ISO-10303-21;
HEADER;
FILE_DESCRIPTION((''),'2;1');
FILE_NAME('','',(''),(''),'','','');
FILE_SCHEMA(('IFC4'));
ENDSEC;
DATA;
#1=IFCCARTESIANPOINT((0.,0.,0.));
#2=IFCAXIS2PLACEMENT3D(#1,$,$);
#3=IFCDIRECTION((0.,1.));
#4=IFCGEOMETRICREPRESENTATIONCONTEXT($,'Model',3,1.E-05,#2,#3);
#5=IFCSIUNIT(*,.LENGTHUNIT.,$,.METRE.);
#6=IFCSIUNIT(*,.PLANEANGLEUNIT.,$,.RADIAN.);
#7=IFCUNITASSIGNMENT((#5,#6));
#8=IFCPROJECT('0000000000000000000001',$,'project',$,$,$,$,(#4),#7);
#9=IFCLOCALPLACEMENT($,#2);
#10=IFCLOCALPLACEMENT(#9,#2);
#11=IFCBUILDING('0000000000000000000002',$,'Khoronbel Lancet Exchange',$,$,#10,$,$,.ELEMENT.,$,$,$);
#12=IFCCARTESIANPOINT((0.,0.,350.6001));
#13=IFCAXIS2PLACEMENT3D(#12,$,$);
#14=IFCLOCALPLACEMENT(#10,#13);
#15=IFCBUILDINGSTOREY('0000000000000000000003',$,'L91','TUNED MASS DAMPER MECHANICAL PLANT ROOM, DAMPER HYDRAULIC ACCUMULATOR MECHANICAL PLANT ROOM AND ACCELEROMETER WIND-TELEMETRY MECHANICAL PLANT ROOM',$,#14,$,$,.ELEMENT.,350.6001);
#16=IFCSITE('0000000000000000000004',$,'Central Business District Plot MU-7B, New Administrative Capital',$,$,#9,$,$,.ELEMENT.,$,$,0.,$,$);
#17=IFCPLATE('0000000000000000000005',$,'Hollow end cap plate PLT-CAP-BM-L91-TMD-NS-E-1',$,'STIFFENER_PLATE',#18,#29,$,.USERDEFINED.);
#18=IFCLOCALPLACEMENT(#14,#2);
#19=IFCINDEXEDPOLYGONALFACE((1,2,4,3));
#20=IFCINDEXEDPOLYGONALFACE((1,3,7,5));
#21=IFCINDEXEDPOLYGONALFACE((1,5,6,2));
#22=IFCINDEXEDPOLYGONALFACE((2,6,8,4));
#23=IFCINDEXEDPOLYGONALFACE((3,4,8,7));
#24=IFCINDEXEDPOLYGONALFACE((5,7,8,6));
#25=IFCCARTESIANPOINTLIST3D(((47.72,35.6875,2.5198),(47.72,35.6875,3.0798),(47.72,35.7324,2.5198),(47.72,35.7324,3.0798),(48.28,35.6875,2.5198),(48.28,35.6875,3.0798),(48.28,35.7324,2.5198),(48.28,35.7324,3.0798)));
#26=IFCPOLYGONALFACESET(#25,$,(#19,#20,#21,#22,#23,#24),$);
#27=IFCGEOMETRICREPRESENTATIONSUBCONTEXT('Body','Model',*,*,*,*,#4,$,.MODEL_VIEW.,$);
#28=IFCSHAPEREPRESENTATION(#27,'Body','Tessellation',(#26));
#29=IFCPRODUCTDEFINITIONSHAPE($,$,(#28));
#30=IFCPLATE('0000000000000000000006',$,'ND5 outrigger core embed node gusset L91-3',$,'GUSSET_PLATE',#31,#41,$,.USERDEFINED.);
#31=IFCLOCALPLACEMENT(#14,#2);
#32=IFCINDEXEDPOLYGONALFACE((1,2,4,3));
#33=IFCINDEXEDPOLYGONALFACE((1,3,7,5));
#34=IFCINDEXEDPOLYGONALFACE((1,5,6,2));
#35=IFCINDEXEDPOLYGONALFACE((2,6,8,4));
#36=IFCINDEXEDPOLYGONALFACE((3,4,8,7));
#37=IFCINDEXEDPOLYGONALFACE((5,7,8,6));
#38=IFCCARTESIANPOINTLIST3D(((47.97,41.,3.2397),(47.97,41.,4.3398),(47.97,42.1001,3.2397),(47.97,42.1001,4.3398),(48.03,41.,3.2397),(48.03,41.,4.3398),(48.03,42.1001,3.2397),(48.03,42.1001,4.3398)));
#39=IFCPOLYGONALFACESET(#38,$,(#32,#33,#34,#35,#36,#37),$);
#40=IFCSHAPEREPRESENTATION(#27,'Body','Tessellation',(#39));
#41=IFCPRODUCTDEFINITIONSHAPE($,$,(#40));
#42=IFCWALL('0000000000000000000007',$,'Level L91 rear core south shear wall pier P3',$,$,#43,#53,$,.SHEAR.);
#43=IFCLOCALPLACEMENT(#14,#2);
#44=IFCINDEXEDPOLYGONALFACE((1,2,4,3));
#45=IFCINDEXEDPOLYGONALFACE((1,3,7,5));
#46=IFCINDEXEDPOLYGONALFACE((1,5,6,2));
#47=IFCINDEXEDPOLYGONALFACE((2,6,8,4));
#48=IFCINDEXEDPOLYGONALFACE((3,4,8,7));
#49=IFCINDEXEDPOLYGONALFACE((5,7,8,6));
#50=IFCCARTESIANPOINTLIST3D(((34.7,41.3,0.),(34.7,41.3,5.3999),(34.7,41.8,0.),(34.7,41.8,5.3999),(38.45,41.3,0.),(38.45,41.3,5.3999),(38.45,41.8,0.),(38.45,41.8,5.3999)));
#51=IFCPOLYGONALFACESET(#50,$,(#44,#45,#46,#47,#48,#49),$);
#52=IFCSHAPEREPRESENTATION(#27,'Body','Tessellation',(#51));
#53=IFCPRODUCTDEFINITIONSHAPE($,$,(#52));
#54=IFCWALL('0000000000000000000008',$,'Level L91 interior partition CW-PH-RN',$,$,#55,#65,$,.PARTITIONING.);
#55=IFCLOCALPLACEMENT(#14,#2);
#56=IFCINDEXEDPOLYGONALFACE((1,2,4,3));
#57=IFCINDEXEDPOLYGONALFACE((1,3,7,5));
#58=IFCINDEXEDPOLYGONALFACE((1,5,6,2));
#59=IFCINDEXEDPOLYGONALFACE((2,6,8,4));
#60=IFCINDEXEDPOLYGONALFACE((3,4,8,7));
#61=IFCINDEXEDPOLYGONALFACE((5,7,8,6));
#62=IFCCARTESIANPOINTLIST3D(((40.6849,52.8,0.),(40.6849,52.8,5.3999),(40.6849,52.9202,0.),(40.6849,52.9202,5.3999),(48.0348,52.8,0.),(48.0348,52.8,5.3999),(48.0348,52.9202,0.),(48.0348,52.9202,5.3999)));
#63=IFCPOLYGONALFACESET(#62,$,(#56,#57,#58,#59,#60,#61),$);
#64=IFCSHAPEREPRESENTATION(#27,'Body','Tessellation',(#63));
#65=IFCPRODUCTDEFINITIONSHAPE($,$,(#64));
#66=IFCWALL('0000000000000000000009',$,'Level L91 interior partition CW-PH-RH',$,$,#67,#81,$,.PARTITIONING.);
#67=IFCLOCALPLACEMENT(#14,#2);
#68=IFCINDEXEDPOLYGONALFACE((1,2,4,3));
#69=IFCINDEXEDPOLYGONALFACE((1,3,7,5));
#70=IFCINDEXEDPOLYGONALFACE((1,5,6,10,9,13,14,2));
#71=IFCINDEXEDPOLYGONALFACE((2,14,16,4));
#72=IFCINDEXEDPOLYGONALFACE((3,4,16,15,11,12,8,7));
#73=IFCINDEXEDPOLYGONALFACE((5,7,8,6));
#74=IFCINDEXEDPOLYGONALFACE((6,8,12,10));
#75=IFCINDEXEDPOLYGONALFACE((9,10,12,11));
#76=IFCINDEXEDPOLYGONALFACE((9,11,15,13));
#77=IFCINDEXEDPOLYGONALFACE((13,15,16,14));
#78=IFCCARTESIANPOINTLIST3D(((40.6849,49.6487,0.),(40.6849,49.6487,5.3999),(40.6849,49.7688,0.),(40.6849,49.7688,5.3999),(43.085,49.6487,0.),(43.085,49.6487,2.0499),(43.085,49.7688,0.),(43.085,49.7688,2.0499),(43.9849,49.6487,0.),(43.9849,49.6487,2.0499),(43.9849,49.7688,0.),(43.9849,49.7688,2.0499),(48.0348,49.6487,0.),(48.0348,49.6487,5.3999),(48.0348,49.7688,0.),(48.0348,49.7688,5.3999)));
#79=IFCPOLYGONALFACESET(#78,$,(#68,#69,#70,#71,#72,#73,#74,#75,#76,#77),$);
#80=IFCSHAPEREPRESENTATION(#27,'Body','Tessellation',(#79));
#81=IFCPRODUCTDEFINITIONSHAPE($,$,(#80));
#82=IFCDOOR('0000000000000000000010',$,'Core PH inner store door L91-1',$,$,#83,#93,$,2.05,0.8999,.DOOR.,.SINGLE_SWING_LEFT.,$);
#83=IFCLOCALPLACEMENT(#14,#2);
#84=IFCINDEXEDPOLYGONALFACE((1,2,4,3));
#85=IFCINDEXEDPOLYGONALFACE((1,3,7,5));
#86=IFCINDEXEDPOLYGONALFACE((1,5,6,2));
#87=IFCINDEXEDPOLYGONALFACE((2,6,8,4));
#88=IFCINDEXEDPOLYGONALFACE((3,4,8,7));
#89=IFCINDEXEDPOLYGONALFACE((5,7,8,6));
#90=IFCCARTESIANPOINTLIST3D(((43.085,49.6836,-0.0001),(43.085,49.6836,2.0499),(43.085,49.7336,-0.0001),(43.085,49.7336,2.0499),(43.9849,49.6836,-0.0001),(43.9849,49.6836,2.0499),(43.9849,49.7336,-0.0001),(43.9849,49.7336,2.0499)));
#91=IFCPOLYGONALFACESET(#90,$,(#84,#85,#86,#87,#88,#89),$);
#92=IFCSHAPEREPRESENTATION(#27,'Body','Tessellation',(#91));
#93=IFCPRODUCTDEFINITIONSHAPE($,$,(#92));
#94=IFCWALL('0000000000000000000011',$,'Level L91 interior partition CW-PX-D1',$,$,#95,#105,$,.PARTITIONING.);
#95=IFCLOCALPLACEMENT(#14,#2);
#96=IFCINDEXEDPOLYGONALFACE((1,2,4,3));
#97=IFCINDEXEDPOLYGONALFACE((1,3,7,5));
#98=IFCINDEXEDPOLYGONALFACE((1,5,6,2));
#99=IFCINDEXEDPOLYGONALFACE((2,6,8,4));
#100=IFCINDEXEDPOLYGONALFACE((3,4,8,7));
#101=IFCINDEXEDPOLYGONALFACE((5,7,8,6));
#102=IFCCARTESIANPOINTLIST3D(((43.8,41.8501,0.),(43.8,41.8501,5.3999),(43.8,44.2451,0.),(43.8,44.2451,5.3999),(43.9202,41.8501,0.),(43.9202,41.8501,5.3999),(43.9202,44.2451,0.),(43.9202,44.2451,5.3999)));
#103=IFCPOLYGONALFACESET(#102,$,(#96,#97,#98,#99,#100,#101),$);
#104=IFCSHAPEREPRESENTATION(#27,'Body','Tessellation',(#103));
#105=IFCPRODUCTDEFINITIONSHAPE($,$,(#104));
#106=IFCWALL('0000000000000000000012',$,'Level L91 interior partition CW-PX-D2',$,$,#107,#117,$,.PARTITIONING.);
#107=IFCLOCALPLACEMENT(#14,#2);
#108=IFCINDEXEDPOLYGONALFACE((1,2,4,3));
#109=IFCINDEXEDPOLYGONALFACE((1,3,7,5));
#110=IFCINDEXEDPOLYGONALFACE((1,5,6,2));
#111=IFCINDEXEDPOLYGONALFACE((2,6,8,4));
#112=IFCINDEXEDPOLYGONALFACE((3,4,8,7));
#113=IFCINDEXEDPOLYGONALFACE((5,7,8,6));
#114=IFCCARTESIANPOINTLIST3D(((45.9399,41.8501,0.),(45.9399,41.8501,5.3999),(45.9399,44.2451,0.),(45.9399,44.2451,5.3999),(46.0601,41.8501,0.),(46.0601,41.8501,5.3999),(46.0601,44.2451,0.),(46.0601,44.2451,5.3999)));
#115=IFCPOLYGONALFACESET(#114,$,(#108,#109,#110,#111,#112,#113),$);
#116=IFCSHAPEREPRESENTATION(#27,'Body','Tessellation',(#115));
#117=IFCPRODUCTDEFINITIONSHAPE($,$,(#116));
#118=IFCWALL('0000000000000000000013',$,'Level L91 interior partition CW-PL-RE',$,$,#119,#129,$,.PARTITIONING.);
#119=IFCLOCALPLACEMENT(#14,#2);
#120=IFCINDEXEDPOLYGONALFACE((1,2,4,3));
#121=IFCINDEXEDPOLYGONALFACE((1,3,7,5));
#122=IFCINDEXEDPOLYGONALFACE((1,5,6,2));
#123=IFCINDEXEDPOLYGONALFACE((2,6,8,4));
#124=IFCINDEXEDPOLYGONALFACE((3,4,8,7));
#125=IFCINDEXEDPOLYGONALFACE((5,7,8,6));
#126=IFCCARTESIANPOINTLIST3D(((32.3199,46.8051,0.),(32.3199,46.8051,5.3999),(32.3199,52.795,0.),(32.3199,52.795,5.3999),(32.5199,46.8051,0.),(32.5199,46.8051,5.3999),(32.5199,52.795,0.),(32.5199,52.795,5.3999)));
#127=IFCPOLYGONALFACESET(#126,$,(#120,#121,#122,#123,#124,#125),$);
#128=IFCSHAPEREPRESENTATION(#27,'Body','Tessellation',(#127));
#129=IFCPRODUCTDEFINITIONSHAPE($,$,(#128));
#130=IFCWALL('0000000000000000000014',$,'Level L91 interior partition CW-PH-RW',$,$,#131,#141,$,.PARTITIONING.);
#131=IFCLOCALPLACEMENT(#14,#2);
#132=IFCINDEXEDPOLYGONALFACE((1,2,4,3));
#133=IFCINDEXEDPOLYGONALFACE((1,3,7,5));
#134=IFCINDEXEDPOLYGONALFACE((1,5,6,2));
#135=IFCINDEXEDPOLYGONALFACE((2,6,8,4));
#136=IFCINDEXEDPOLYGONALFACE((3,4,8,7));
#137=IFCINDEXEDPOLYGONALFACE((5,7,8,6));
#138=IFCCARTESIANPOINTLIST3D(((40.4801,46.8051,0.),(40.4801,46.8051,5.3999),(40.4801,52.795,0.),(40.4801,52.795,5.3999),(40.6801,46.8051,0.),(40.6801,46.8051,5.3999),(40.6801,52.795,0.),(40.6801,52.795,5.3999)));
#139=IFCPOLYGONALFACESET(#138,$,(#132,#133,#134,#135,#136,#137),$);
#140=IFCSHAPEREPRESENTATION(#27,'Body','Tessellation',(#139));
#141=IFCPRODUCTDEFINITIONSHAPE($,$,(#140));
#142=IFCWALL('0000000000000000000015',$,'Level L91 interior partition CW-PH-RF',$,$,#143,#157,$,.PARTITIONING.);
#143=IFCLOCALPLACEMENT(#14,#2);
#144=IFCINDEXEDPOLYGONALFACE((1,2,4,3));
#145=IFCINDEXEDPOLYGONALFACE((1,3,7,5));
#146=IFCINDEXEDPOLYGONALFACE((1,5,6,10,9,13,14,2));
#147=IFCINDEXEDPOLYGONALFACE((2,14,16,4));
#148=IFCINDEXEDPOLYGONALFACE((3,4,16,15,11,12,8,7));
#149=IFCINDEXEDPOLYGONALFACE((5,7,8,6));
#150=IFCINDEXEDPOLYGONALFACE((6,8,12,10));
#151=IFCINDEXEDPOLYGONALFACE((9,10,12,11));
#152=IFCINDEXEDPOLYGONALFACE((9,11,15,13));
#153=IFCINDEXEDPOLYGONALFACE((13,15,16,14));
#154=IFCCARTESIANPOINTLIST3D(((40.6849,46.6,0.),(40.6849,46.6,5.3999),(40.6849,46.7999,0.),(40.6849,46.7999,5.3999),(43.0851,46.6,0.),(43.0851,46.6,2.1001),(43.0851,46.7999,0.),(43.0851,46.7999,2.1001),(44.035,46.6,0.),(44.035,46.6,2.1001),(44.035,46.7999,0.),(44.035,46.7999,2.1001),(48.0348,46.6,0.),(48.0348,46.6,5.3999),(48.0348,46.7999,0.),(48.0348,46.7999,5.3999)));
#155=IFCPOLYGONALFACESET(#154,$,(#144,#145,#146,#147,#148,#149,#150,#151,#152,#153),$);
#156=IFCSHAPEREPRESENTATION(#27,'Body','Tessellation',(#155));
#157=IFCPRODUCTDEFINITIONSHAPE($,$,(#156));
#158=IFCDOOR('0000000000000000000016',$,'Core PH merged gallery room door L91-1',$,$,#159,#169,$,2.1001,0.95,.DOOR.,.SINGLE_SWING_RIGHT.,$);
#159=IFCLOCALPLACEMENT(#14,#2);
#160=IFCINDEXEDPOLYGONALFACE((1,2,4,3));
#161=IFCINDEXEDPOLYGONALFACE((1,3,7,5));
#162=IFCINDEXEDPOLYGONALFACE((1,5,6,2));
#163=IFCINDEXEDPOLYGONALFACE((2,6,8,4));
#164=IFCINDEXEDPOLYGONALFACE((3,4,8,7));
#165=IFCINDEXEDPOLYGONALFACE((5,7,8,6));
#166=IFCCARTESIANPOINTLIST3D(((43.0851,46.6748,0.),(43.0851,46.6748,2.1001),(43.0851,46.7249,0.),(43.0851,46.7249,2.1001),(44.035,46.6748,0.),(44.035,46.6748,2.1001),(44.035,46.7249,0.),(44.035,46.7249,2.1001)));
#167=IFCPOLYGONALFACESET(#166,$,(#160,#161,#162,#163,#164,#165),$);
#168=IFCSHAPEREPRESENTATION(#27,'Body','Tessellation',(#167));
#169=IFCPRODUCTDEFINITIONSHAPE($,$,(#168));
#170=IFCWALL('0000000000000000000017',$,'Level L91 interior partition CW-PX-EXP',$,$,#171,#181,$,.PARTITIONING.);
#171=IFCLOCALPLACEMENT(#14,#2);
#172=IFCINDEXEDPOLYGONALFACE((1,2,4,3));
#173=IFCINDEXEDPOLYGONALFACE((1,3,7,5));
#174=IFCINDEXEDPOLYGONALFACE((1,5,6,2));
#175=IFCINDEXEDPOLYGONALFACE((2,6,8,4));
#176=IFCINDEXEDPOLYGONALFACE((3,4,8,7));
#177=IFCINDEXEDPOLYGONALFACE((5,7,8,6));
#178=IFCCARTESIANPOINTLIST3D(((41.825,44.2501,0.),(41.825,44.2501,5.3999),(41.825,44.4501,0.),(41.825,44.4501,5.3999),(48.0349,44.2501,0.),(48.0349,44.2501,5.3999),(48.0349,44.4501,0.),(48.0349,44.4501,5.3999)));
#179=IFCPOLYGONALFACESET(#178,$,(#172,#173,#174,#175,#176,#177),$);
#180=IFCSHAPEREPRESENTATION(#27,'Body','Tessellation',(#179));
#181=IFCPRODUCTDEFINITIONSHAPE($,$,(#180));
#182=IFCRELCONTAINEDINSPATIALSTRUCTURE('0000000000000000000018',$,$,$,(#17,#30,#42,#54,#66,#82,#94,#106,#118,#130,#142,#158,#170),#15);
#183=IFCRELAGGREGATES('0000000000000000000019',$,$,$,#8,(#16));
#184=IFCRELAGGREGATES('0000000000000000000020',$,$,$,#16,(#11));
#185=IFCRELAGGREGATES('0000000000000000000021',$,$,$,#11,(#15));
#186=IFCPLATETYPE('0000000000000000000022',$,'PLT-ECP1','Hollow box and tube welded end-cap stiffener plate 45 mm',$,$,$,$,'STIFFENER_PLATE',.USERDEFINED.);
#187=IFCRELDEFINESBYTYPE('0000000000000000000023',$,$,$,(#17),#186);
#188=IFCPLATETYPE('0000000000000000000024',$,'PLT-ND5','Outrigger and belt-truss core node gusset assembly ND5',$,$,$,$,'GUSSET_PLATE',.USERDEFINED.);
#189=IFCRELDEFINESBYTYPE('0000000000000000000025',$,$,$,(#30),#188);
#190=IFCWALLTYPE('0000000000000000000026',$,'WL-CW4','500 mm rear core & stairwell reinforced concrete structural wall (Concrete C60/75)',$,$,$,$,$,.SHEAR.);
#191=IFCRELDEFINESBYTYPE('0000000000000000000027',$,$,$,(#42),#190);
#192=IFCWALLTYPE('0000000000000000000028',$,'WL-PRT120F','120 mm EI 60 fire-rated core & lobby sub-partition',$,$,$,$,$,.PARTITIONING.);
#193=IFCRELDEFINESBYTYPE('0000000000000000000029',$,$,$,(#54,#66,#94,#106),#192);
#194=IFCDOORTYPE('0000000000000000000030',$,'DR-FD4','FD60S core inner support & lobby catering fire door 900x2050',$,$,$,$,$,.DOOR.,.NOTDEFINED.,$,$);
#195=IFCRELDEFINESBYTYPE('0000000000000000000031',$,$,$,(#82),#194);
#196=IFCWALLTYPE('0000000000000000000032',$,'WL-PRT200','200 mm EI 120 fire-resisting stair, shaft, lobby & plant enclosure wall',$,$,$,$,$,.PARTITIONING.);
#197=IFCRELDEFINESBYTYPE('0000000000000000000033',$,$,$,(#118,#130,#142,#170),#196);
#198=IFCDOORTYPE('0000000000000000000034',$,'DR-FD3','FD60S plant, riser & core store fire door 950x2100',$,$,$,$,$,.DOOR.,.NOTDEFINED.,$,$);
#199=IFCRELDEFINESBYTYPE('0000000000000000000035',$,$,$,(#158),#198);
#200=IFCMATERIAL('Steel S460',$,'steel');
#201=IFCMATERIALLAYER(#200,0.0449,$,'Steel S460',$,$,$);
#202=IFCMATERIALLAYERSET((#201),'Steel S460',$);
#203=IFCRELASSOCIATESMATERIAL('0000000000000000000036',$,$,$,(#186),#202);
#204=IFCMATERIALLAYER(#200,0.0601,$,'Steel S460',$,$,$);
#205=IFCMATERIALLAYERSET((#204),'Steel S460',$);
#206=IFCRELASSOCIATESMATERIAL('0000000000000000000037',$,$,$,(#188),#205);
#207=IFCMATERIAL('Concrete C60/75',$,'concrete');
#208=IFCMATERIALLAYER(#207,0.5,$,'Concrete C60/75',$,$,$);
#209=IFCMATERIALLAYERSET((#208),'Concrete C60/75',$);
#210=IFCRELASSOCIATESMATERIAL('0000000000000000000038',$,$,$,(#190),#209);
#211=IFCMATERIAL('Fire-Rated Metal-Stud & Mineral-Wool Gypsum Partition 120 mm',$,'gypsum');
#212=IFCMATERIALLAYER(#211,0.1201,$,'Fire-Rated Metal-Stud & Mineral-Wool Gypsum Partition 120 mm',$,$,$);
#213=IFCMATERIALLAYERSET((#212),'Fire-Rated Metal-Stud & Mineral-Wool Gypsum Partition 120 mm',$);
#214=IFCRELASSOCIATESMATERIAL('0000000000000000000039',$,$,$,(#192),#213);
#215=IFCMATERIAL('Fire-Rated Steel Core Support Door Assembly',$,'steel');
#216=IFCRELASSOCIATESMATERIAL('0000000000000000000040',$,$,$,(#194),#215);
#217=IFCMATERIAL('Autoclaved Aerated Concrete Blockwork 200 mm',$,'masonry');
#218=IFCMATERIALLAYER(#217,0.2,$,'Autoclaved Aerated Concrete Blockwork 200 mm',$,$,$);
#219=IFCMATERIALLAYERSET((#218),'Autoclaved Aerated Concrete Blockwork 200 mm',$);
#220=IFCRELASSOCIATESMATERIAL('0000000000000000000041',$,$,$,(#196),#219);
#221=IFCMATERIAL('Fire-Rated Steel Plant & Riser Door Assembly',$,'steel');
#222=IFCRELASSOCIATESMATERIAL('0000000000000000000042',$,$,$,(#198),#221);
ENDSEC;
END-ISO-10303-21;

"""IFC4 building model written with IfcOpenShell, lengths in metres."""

from ifc_helpers import new_model, si_unit, direction, frame, frame_2d, origin, origin_2d, place, context, subcontext, project, spatial, rectangle, extrude, material, layer, layer_set, type_object, element, fill, save


model = new_model("IFC4")

# Units and contexts
model_context = context("Model", 3, precision=1e-05, world=origin(), true_north=direction((0.0, 1.0)))
body_context = subcontext(model_context, "Body", "Model", "MODEL_VIEW")
ifc_project = project(units=[si_unit("LENGTHUNIT", "METRE"), si_unit("PLANEANGLEUNIT", "RADIAN")], contexts=[model_context])

# Site, building, storey
site_placement = place(None, origin())
site = spatial("IfcSite", under=ifc_project, at=site_placement, Name="Central Business District Plot MU-7B, New Administrative Capital", CompositionType="ELEMENT", RefElevation=0.0)
building_placement = place(site_placement, origin())
building = spatial("IfcBuilding", under=site, at=building_placement, Name="Khoronbel Lancet Exchange", CompositionType="ELEMENT")
storey_placement = place(building_placement, frame((0.0, 0.0, 350.6001)))
storey = spatial("IfcBuildingStorey", under=building, at=storey_placement, Name="L91", Description="TUNED MASS DAMPER MECHANICAL PLANT ROOM, DAMPER HYDRAULIC ACCUMULATOR MECHANICAL PLANT ROOM AND ACCELEROMETER WIND-TELEMETRY MECHANICAL PLANT ROOM", CompositionType="ELEMENT", Elevation=350.6001)

# Shared definitions
ifc_material_1 = material(Name="Steel S460", Category="steel")

# Shared definitions
ifc_material_2 = material(Name="Concrete C60/75", Category="concrete")

# Plates
ifc_layer_1 = layer(ifc_material_1, 0.0449, Name="Steel S460")
ifc_layer_set_1 = layer_set([ifc_layer_1], Name="Steel S460")
plate_type_1 = type_object("IfcPlateType", Name="PLT-ECP1", Description="Hollow box and tube welded end-cap stiffener plate 45 mm", ElementType="STIFFENER_PLATE", PredefinedType="USERDEFINED", material=ifc_layer_set_1)
plate_1_placement = place(storey_placement, frame((48.0, 35.71, 2.5198), z_axis=(0.0, 0.0, 1.0), x_axis=(0.0, 1.0, 0.0)))
element("IfcPlate", 1, at=plate_1_placement, inside=storey, type_object=plate_type_1, Name="Hollow end cap plate PLT-CAP-BM-L91-TMD-NS-E-1", ObjectType="STIFFENER_PLATE", PredefinedType="USERDEFINED", context=body_context, shape_type="SweptSolid", body=[
    extrude(rectangle(XDim=0.0449, YDim=0.5601, at=origin_2d()), origin(), (0.0, 0.0, 1.0), 0.5601),
])
ifc_layer_2 = layer(ifc_material_1, 0.0601, Name="Steel S460")
ifc_layer_set_2 = layer_set([ifc_layer_2], Name="Steel S460")
plate_type_2 = type_object("IfcPlateType", Name="PLT-ND5", Description="Outrigger and belt-truss core node gusset assembly ND5", ElementType="GUSSET_PLATE", PredefinedType="USERDEFINED", material=ifc_layer_set_2)
plate_2_placement = place(storey_placement, frame((48.0, 41.55, 3.2397), z_axis=(0.0, 0.0, 1.0), x_axis=(1.0, 0.0, 0.0)))
element("IfcPlate", 2, at=plate_2_placement, inside=storey, type_object=plate_type_2, Name="ND5 outrigger core embed node gusset L91-3", ObjectType="GUSSET_PLATE", PredefinedType="USERDEFINED", context=body_context, shape_type="SweptSolid", body=[
    extrude(rectangle(XDim=0.0601, YDim=1.1001, at=origin_2d()), origin(), (0.0, 0.0, 1.0), 1.1001),
])

# Walls
ifc_layer_3 = layer(ifc_material_2, 0.5, Name="Concrete C60/75")
ifc_layer_set_3 = layer_set([ifc_layer_3], Name="Concrete C60/75")
wall_type_1 = type_object("IfcWallType", Name="WL-CW4", Description="500 mm rear core & stairwell reinforced concrete structural wall (Concrete C60/75)", PredefinedType="SHEAR", material=ifc_layer_set_3)
wall_1_placement = place(storey_placement, frame((38.45, 41.55, 0.0), z_axis=(0.0, 0.0, 1.0), x_axis=(-1.0, 0.0, 0.0)))
element("IfcWall", 3, at=wall_1_placement, inside=storey, type_object=wall_type_1, Name="Level L91 rear core south shear wall pier P3", PredefinedType="SHEAR", context=body_context, shape_type="SweptSolid", body=[
    extrude(rectangle(XDim=3.75, YDim=0.5, at=frame_2d((1.875, 0.0))), origin(), (0.0, 0.0, 1.0), 5.3999),
])
ifc_material_3 = material(Name="Fire-Rated Metal-Stud & Mineral-Wool Gypsum Partition 120 mm", Category="gypsum")
ifc_layer_4 = layer(ifc_material_3, 0.1201, Name="Fire-Rated Metal-Stud & Mineral-Wool Gypsum Partition 120 mm")
ifc_layer_set_4 = layer_set([ifc_layer_4], Name="Fire-Rated Metal-Stud & Mineral-Wool Gypsum Partition 120 mm")
wall_type_2 = type_object("IfcWallType", Name="WL-PRT120F", Description="120 mm EI 60 fire-rated core & lobby sub-partition", PredefinedType="PARTITIONING", material=ifc_layer_set_4)
wall_2_placement = place(storey_placement, frame((40.6851, 52.8601, 0.0), z_axis=(0.0, 0.0, 1.0), x_axis=(1.0, 0.0, 0.0)))
element("IfcWall", 4, at=wall_2_placement, inside=storey, type_object=wall_type_2, Name="Level L91 interior partition CW-PH-RN", PredefinedType="PARTITIONING", context=body_context, shape_type="SweptSolid", body=[
    extrude(rectangle(XDim=7.3499, YDim=0.1201, at=frame_2d((3.6748, 0.0))), origin(), (0.0, 0.0, 1.0), 5.3999),
])

# Wall, opening, door
wall_3_placement = place(storey_placement, frame((40.6851, 49.7087, 0.0), z_axis=(0.0, 0.0, 1.0), x_axis=(1.0, 0.0, 0.0)))
wall_3 = element("IfcWall", 5, at=wall_3_placement, inside=storey, type_object=wall_type_2, Name="Level L91 interior partition CW-PH-RH", PredefinedType="PARTITIONING", context=body_context, shape_type="SweptSolid", body=[
    extrude(rectangle(XDim=7.3499, YDim=0.1201, at=frame_2d((3.6748, 0.0))), origin(), (0.0, 0.0, 1.0), 5.3999),
])
opening_1_placement = place(wall_3_placement, frame((2.3999, 0.0, 0.0)))
opening_1 = element("IfcOpeningElement", 6, at=opening_1_placement, cuts=wall_3, PredefinedType="OPENING", context=body_context, shape_type="SweptSolid", body=[
    extrude(rectangle(XDim=0.8999, YDim=2.05, at=frame_2d((0.45, 1.0249))), frame((0.0, 0.0701, 0.0), z_axis=(0.0, -1.0, 0.0), x_axis=(1.0, 0.0, 0.0)), (0.0, 0.0, 1.0), 0.1401),
])
ifc_material_4 = material(Name="Fire-Rated Steel Core Support Door Assembly", Category="steel")
door_type_1 = type_object("IfcDoorType", Name="DR-FD4", Description="FD60S core inner support & lobby catering fire door 900x2050", OperationType="NOTDEFINED", PredefinedType="DOOR", material=ifc_material_4)
door_1_placement = place(opening_1_placement, origin())
door_1 = element("IfcDoor", 7, at=door_1_placement, inside=storey, type_object=door_type_1, Name="Core PH inner store door L91-1", OperationType="SINGLE_SWING_LEFT", OverallHeight=2.05, OverallWidth=0.8999, PredefinedType="DOOR", context=body_context, shape_type="SweptSolid", body=[
    extrude(rectangle(XDim=0.8999, YDim=2.05, at=frame_2d((0.45, 1.0249))), frame((0.0, 0.0249, 0.0), z_axis=(0.0, -1.0, 0.0), x_axis=(1.0, 0.0, 0.0)), (0.0, 0.0, 1.0), 0.05),
])
fill(opening_1, door_1)

# Walls
for number, where, z_axis, x_axis, name in (
    (8, (43.8601, 41.8501, 0.0), (0.0, 0.0, 1.0), (0.0, 1.0, 0.0), "Level L91 interior partition CW-PX-D1"),
    (9, (46.0, 41.8501, 0.0), (0.0, 0.0, 1.0), (0.0, 1.0, 0.0), "Level L91 interior partition CW-PX-D2"),
):
    element("IfcWall", number, at=place(storey_placement, frame(where, z_axis=z_axis, x_axis=x_axis)), inside=storey, type_object=wall_type_2, Name=name, PredefinedType="PARTITIONING", context=body_context, shape_type="SweptSolid", body=[
        extrude(rectangle(XDim=2.395, YDim=0.1201, at=frame_2d((1.1975, 0.0))), origin(), (0.0, 0.0, 1.0), 5.3999),
    ])
ifc_material_5 = material(Name="Autoclaved Aerated Concrete Blockwork 200 mm", Category="masonry")
ifc_layer_5 = layer(ifc_material_5, 0.2, Name="Autoclaved Aerated Concrete Blockwork 200 mm")
ifc_layer_set_5 = layer_set([ifc_layer_5], Name="Autoclaved Aerated Concrete Blockwork 200 mm")
wall_type_3 = type_object("IfcWallType", Name="WL-PRT200", Description="200 mm EI 120 fire-resisting stair, shaft, lobby & plant enclosure wall", PredefinedType="PARTITIONING", material=ifc_layer_set_5)
for number, where, z_axis, x_axis, name in (
    (10, (32.4199, 46.8049, 0.0), (0.0, 0.0, 1.0), (0.0, 1.0, 0.0), "Level L91 interior partition CW-PL-RE"),
    (11, (40.5801, 46.8049, 0.0), (0.0, 0.0, 1.0), (0.0, 1.0, 0.0), "Level L91 interior partition CW-PH-RW"),
):
    element("IfcWall", number, at=place(storey_placement, frame(where, z_axis=z_axis, x_axis=x_axis)), inside=storey, type_object=wall_type_3, Name=name, PredefinedType="PARTITIONING", context=body_context, shape_type="SweptSolid", body=[
        extrude(rectangle(XDim=5.99, YDim=0.2, at=frame_2d((2.9951, 0.0))), origin(), (0.0, 0.0, 1.0), 5.3999),
    ])

# Wall, opening, door
wall_4_placement = place(storey_placement, frame((40.6851, 46.7, 0.0), z_axis=(0.0, 0.0, 1.0), x_axis=(1.0, 0.0, 0.0)))
wall_4 = element("IfcWall", 12, at=wall_4_placement, inside=storey, type_object=wall_type_3, Name="Level L91 interior partition CW-PH-RF", PredefinedType="PARTITIONING", context=body_context, shape_type="SweptSolid", body=[
    extrude(rectangle(XDim=7.3499, YDim=0.2, at=frame_2d((3.6748, 0.0))), origin(), (0.0, 0.0, 1.0), 5.3999),
])
opening_2_placement = place(wall_4_placement, frame((2.3999, 0.0, 0.0)))
opening_2 = element("IfcOpeningElement", 13, at=opening_2_placement, cuts=wall_4, PredefinedType="OPENING", context=body_context, shape_type="SweptSolid", body=[
    extrude(rectangle(XDim=0.95, YDim=2.1001, at=frame_2d((0.4751, 1.05))), frame((0.0, 0.1099, 0.0), z_axis=(0.0, -1.0, 0.0), x_axis=(1.0, 0.0, 0.0)), (0.0, 0.0, 1.0), 0.22),
])
ifc_material_6 = material(Name="Fire-Rated Steel Plant & Riser Door Assembly", Category="steel")
door_type_2 = type_object("IfcDoorType", Name="DR-FD3", Description="FD60S plant, riser & core store fire door 950x2100", OperationType="NOTDEFINED", PredefinedType="DOOR", material=ifc_material_6)
door_2_placement = place(opening_2_placement, origin())
door_2 = element("IfcDoor", 14, at=door_2_placement, inside=storey, type_object=door_type_2, Name="Core PH merged gallery room door L91-1", OperationType="SINGLE_SWING_RIGHT", OverallHeight=2.1001, OverallWidth=0.95, PredefinedType="DOOR", context=body_context, shape_type="SweptSolid", body=[
    extrude(rectangle(XDim=0.95, YDim=2.1001, at=frame_2d((0.4751, 1.05))), frame((0.0, 0.0249, 0.0), z_axis=(0.0, -1.0, 0.0), x_axis=(1.0, 0.0, 0.0)), (0.0, 0.0, 1.0), 0.05),
])
fill(opening_2, door_2)

# Wall
wall_5_placement = place(storey_placement, frame((41.825, 44.3501, 0.0), z_axis=(0.0, 0.0, 1.0), x_axis=(1.0, 0.0, 0.0)))
element("IfcWall", 15, at=wall_5_placement, inside=storey, type_object=wall_type_3, Name="Level L91 interior partition CW-PX-EXP", PredefinedType="PARTITIONING", context=body_context, shape_type="SweptSolid", body=[
    extrude(rectangle(XDim=6.21, YDim=0.2, at=frame_2d((3.105, 0.0))), origin(), (0.0, 0.0, 1.0), 5.3999),
])

save(model, "model.ifc")
